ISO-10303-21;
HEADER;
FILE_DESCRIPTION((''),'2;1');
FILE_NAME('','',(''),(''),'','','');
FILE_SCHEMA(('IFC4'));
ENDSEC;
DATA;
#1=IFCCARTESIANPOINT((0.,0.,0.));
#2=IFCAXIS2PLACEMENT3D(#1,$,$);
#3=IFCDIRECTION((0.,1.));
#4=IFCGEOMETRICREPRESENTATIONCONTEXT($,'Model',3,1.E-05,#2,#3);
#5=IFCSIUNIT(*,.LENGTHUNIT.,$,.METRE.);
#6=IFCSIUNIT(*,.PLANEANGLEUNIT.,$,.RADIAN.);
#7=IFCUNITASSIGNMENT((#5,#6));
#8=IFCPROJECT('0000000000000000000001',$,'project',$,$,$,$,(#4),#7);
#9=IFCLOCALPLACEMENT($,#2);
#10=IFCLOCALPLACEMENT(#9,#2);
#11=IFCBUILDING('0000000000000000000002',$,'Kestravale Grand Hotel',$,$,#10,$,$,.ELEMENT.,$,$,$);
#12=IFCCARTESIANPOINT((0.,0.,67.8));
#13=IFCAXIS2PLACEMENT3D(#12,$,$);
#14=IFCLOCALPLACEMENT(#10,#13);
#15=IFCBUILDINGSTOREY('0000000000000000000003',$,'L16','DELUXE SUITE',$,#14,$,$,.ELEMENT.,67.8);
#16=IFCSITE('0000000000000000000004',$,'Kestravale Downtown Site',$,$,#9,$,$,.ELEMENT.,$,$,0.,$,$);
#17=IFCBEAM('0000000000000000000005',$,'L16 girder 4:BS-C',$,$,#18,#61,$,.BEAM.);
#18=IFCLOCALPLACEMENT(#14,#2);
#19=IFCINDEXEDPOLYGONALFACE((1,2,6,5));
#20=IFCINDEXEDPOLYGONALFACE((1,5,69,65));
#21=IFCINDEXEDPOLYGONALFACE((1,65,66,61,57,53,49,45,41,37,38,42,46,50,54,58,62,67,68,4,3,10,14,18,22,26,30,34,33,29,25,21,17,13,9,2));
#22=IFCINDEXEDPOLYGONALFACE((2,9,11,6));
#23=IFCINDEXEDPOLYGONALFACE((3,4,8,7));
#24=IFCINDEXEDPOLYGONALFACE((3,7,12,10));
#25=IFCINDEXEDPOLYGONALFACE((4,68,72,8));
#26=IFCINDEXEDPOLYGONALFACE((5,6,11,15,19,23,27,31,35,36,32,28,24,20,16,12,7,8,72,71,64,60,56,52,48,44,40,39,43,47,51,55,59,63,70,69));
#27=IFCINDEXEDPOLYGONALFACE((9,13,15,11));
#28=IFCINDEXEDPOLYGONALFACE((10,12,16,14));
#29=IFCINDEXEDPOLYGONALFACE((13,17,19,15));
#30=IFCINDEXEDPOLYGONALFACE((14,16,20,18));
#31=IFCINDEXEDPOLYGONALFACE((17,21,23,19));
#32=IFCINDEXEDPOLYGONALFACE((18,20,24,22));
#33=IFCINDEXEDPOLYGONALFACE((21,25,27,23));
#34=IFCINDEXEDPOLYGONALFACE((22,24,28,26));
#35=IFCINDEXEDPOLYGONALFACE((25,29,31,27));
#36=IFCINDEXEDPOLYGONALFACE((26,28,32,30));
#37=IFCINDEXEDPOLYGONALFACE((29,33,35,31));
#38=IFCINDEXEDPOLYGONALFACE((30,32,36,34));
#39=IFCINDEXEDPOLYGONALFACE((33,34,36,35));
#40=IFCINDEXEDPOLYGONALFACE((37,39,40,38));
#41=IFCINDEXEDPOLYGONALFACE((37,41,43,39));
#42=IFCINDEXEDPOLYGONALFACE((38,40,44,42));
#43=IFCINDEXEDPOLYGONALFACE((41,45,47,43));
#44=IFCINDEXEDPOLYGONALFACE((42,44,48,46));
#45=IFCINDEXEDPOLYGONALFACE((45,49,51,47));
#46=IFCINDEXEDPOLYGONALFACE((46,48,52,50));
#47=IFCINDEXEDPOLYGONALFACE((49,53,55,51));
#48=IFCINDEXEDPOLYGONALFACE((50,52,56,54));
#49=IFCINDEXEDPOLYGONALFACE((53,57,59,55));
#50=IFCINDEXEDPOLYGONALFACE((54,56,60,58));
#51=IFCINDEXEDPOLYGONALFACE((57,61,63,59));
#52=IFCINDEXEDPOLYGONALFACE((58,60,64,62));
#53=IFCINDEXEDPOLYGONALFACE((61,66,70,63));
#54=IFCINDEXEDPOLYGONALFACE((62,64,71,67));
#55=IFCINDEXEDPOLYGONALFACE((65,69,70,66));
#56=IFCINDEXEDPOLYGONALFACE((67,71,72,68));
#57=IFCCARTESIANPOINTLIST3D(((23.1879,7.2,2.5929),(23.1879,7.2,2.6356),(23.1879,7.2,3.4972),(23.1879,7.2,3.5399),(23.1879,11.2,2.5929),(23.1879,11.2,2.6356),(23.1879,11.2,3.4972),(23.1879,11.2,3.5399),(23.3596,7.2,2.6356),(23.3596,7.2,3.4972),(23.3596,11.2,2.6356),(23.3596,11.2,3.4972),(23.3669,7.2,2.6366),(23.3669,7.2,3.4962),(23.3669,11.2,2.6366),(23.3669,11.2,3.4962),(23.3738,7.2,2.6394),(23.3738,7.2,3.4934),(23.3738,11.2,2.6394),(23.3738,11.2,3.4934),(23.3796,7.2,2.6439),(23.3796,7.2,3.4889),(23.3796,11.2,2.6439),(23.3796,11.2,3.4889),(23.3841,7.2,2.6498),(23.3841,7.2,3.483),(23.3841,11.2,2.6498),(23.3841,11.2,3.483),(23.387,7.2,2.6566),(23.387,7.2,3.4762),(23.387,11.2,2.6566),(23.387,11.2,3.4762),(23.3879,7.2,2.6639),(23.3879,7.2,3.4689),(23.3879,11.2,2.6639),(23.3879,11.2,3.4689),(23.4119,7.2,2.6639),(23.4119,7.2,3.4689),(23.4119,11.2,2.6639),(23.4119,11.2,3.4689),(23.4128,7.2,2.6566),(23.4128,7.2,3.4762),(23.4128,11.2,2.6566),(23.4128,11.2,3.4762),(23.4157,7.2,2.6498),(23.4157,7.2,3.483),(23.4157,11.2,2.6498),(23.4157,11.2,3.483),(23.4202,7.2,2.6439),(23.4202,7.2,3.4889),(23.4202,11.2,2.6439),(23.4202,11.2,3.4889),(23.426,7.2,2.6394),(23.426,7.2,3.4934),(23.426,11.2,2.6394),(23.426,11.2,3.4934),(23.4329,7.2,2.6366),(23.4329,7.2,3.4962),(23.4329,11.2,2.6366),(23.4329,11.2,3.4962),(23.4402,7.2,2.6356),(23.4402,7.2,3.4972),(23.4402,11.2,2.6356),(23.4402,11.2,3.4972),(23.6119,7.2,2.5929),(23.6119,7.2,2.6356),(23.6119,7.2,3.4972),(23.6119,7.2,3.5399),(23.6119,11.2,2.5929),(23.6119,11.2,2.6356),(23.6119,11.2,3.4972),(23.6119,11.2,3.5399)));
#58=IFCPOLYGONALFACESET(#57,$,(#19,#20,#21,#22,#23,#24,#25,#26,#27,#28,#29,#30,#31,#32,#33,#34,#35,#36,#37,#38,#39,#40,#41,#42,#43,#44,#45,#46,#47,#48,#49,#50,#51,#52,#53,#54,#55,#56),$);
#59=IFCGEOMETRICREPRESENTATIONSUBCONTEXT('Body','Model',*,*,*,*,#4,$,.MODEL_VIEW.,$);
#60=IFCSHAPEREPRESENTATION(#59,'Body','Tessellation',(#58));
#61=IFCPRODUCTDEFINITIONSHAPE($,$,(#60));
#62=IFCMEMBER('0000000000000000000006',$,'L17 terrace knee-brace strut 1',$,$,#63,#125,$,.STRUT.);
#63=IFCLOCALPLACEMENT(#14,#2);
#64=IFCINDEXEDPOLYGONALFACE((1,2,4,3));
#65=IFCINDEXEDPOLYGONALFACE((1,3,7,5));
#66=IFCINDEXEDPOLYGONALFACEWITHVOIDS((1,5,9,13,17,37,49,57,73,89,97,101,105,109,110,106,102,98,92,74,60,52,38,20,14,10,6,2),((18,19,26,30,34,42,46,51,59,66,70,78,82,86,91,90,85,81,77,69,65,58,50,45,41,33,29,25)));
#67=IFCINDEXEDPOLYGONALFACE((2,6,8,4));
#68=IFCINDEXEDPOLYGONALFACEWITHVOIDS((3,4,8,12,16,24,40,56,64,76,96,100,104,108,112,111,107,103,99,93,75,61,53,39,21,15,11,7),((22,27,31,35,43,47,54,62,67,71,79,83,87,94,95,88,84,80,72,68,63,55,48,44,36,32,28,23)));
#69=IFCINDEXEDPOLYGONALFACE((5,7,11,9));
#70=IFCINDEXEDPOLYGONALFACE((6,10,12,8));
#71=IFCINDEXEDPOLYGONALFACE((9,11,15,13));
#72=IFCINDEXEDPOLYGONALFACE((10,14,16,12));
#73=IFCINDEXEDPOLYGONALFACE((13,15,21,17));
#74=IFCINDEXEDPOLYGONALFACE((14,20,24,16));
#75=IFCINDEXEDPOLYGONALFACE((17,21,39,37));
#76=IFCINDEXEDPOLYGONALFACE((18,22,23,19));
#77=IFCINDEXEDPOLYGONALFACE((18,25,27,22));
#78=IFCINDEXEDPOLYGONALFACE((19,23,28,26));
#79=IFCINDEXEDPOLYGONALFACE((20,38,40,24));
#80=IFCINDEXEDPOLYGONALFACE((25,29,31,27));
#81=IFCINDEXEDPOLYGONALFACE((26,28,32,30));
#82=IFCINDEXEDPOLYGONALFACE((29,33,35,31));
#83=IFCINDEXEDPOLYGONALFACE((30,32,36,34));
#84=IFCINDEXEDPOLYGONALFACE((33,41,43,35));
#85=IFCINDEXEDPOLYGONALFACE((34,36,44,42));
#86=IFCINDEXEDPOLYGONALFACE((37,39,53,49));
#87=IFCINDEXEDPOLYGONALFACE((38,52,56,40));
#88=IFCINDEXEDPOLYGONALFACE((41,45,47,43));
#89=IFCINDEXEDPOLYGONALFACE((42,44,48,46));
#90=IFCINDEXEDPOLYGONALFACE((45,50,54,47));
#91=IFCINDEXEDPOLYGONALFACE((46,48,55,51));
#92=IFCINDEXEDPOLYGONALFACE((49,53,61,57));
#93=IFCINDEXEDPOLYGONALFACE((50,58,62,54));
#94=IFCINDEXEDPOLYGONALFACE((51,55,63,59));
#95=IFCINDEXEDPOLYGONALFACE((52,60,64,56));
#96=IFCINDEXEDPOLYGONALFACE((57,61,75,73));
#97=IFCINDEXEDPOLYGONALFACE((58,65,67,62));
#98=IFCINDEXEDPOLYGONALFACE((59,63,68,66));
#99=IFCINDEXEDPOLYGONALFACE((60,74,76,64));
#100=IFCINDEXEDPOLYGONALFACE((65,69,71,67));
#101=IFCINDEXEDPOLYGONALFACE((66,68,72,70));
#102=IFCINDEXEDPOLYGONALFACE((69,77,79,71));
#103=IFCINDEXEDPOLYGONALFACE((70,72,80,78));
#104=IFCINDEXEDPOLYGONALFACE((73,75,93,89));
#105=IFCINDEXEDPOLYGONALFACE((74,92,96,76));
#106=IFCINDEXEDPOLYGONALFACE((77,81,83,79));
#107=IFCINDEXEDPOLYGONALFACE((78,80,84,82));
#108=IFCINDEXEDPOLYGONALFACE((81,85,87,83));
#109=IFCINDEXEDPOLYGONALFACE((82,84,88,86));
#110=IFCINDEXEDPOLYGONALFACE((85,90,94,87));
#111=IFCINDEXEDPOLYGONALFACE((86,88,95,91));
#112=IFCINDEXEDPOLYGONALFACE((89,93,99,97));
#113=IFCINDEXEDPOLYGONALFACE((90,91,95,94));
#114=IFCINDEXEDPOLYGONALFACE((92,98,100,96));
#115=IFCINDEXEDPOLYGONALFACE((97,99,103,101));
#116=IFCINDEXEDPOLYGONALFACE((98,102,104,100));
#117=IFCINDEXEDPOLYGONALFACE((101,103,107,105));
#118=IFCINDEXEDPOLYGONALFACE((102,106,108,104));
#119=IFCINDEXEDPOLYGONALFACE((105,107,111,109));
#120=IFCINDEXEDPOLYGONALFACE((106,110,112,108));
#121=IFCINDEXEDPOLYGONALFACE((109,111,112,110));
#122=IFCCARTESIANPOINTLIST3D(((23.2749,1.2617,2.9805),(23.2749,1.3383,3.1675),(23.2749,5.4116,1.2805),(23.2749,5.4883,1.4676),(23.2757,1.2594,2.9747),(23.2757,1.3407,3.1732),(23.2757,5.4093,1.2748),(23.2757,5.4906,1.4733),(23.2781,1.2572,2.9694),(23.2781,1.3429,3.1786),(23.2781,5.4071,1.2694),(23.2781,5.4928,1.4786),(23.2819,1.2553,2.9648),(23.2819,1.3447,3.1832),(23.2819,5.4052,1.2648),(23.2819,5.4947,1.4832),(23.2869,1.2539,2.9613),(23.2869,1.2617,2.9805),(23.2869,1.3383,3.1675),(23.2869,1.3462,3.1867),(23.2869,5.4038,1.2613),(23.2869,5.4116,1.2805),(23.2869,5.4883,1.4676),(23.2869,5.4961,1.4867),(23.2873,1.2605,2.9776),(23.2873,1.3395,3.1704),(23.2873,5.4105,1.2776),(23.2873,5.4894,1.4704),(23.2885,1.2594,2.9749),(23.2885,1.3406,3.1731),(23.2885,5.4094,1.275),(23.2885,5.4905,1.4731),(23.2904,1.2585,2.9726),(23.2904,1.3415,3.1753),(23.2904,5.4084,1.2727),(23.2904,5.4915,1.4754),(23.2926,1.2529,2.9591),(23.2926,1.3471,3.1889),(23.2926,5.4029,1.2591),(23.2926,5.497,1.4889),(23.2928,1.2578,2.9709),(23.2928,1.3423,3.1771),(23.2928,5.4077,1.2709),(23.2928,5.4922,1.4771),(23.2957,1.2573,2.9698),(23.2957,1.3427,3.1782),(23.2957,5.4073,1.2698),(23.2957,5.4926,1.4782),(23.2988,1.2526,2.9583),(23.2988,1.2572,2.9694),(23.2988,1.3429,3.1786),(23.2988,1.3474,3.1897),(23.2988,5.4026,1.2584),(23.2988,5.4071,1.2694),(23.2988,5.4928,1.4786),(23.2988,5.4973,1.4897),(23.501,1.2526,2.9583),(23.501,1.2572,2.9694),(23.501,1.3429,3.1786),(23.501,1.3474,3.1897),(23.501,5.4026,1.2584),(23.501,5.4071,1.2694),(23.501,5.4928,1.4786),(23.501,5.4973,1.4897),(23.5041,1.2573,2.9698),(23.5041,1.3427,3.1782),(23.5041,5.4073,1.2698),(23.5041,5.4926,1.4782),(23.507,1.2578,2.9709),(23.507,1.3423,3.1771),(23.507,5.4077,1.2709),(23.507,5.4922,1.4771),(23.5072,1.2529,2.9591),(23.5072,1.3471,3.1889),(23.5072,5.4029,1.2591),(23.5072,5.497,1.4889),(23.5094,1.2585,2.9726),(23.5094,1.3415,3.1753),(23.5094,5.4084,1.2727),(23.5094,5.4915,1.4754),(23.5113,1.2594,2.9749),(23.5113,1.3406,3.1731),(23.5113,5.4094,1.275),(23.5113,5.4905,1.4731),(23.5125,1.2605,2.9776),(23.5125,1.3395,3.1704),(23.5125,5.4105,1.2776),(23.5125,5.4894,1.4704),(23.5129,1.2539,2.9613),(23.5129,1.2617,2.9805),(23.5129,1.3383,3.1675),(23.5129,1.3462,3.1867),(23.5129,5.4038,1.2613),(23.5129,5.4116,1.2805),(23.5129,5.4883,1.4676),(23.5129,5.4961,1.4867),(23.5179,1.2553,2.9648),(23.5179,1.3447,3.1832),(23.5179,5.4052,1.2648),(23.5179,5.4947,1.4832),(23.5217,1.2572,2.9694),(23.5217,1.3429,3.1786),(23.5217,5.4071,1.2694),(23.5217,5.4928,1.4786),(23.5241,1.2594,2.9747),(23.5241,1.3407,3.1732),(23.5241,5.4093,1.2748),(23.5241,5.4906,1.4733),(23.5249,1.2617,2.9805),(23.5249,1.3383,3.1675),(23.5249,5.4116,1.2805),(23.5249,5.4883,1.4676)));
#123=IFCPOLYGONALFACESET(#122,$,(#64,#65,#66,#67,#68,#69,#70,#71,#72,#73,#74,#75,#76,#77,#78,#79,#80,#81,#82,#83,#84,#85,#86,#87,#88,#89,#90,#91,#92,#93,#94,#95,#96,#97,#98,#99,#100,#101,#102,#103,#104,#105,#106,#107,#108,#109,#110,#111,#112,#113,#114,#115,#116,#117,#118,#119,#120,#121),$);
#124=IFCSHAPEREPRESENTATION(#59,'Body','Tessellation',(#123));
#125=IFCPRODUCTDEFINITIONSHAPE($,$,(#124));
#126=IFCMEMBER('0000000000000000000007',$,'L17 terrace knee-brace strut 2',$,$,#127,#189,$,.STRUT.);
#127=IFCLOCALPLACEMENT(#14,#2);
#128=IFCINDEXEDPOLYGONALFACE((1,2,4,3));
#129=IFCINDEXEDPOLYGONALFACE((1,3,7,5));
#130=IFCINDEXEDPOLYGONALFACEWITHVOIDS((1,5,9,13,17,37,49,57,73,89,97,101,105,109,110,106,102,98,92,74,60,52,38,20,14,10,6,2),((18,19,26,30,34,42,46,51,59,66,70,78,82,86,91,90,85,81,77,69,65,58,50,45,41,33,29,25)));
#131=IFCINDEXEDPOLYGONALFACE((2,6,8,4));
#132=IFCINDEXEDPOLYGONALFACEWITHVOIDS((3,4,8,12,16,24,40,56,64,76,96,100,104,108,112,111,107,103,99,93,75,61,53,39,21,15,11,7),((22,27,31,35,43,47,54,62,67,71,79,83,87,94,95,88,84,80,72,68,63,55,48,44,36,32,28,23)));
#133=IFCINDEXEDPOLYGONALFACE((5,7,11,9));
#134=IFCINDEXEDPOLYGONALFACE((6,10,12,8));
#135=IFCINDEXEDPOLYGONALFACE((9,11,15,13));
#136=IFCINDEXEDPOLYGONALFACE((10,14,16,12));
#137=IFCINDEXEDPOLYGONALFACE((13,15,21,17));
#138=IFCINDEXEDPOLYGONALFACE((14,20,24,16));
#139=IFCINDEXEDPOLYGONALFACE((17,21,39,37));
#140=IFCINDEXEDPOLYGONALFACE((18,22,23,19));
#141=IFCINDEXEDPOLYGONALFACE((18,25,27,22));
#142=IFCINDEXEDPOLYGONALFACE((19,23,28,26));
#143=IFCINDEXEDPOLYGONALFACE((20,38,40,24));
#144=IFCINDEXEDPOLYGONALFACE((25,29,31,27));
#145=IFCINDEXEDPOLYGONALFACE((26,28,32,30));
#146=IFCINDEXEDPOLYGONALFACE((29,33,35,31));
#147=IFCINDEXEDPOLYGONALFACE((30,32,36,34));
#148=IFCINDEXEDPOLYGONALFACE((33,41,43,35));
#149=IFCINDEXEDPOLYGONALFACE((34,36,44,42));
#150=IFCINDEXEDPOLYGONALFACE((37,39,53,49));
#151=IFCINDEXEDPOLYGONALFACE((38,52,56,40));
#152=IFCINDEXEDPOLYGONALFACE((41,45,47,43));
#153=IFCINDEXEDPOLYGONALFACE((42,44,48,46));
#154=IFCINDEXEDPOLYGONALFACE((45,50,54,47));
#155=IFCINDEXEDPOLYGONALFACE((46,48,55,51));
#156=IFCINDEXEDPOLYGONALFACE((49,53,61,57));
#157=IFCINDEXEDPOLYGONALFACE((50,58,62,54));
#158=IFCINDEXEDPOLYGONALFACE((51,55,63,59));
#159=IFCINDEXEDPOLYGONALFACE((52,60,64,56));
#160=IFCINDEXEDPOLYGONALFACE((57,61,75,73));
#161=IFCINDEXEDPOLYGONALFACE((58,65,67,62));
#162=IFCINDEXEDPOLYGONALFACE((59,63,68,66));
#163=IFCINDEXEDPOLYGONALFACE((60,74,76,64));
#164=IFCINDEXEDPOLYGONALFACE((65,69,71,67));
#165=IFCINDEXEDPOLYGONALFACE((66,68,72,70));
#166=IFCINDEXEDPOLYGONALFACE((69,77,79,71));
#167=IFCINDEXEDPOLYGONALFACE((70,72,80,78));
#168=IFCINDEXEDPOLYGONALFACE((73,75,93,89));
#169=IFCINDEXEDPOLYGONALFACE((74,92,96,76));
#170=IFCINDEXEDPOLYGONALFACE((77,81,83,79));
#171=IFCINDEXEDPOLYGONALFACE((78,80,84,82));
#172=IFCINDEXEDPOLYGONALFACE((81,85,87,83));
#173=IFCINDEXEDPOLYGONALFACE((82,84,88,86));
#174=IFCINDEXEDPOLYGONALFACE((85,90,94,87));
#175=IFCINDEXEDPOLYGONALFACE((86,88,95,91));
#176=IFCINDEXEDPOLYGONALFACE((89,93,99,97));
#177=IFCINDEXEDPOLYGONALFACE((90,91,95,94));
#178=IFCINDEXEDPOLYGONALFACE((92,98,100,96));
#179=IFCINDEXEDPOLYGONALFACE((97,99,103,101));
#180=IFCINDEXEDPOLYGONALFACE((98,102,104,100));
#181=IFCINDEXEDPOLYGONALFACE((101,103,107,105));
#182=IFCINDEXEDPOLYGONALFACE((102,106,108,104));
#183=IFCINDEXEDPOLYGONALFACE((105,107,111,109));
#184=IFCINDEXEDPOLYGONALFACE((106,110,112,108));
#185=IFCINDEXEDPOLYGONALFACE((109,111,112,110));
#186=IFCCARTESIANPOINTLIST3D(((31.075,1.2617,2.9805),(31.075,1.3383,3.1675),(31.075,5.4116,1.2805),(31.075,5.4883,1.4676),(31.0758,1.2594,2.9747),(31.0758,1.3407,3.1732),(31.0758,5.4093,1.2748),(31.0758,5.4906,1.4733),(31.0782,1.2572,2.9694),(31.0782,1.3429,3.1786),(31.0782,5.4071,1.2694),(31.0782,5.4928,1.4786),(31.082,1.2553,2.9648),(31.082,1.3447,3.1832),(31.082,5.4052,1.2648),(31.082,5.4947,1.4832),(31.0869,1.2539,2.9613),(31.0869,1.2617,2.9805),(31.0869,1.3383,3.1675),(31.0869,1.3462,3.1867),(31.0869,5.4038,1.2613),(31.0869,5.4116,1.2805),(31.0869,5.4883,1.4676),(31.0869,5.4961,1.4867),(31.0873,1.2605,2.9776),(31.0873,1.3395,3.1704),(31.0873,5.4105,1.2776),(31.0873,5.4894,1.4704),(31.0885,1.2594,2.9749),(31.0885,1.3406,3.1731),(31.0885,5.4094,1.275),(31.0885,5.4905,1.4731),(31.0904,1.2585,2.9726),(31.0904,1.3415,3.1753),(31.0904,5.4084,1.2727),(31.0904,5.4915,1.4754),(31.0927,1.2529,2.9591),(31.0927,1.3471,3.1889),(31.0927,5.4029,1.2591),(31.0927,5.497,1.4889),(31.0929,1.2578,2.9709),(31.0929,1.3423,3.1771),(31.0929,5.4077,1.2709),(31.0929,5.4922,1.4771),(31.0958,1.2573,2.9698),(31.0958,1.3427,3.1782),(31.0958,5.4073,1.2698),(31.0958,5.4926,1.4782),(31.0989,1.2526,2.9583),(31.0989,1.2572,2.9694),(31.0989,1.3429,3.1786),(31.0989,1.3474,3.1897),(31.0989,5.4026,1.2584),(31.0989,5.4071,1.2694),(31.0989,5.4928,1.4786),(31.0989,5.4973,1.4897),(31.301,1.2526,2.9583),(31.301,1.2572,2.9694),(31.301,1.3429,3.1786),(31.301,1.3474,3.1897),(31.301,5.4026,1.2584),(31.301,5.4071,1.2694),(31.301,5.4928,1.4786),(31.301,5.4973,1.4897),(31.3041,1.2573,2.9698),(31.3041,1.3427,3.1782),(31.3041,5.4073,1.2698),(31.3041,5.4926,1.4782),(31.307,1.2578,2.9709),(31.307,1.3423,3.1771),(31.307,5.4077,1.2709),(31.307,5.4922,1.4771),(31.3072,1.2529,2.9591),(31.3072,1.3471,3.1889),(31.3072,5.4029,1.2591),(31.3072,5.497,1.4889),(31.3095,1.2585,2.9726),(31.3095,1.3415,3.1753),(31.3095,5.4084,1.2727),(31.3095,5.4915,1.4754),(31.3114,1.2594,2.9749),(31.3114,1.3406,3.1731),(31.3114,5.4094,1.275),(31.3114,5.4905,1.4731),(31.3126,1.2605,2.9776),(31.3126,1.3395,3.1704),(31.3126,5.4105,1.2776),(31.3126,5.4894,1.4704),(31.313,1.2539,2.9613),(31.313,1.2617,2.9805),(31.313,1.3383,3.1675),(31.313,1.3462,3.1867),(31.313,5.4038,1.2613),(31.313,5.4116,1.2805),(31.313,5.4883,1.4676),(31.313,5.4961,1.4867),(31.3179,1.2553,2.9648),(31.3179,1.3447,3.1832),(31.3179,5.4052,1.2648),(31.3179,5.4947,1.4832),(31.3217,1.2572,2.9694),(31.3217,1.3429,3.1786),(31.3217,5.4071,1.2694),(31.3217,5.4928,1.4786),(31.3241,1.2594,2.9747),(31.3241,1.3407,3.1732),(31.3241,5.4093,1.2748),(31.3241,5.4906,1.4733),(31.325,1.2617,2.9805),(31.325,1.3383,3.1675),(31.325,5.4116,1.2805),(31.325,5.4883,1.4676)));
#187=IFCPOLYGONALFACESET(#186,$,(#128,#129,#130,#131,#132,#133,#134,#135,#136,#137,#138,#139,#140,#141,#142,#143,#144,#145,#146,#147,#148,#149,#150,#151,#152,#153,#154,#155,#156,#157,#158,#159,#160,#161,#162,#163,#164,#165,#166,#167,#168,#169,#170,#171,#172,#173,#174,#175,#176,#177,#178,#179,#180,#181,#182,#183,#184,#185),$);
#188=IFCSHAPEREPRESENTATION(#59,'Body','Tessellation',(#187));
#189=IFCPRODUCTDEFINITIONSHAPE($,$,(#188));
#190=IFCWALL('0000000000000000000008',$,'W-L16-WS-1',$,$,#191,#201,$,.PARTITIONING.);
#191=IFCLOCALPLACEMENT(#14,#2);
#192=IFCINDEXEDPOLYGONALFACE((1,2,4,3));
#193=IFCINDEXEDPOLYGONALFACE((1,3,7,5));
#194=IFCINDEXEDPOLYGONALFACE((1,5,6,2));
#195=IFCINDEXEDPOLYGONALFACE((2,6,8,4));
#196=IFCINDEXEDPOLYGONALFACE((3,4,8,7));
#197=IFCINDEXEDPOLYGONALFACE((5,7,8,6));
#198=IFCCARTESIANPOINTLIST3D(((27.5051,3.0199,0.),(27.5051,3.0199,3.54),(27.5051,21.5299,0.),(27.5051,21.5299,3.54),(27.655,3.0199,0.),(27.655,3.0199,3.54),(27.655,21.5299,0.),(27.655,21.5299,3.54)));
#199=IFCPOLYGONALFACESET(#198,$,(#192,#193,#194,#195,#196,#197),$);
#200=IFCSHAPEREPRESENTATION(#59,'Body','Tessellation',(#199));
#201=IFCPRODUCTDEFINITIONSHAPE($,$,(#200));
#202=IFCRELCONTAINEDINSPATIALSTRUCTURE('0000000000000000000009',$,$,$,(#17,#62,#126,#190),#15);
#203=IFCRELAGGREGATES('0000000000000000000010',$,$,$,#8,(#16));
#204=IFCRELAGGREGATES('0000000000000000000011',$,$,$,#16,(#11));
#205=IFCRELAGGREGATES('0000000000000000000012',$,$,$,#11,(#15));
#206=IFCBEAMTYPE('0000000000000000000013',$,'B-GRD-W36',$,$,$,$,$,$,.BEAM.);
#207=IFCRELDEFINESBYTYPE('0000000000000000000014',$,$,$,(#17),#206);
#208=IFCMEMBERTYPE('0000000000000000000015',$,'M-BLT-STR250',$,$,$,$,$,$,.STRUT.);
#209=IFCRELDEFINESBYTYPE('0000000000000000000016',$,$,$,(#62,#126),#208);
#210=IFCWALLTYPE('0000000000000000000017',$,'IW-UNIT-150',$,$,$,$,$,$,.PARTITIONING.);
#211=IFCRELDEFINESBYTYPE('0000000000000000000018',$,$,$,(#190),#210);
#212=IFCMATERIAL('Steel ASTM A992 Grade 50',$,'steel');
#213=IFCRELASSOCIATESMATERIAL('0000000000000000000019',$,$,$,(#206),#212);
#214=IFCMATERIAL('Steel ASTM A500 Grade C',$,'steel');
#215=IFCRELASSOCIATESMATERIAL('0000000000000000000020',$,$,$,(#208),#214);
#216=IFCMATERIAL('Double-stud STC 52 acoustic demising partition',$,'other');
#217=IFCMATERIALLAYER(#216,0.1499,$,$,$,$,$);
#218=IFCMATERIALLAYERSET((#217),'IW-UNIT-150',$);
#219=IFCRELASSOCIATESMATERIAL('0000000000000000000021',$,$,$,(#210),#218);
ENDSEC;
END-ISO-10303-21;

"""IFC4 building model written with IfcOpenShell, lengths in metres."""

from ifc_helpers import new_model, si_unit, direction, frame, frame_2d, origin, origin_2d, place, context, subcontext, project, spatial, rectangle, hollow_rectangle, i_section, extrude, material, layer, layer_set, material_profile, profile_set, type_object, element, save


model = new_model("IFC4")

# Units and contexts
model_context = context("Model", 3, precision=1e-05, world=origin(), true_north=direction((0.0, 1.0)))
body_context = subcontext(model_context, "Body", "Model", "MODEL_VIEW")
ifc_project = project(units=[si_unit("LENGTHUNIT", "METRE"), si_unit("PLANEANGLEUNIT", "RADIAN")], contexts=[model_context])

# Site, building, storey
site_placement = place(None, origin())
site = spatial("IfcSite", under=ifc_project, at=site_placement, Name="Kestravale Downtown Site", CompositionType="ELEMENT", RefElevation=0.0)
building_placement = place(site_placement, origin())
building = spatial("IfcBuilding", under=site, at=building_placement, Name="Kestravale Grand Hotel", CompositionType="ELEMENT")
storey_placement = place(building_placement, frame((0.0, 0.0, 67.8)))
storey = spatial("IfcBuildingStorey", under=building, at=storey_placement, Name="L16", Description="DELUXE SUITE", CompositionType="ELEMENT", Elevation=67.8)

# Beam
ifc_material_1 = material(Name="Steel ASTM A992 Grade 50", Category="steel")
ifc_material_profile_1 = material_profile(ifc_material_1, i_section(OverallWidth=0.4241, OverallDepth=0.947, WebThickness=0.0239, FlangeThickness=0.0427, FilletRadius=0.0283, at=origin_2d()))
ifc_profile_set_1 = profile_set([ifc_material_profile_1], Name="Steel ASTM A992 Grade 50")
beam_type_1 = type_object("IfcBeamType", Name="B-GRD-W36", PredefinedType="BEAM", material=ifc_profile_set_1)
beam_1_placement = place(storey_placement, frame((23.3999, 7.2, 3.0664), z_axis=(0.0, 1.0, 0.0), x_axis=(-1.0, 0.0, 0.0)))
element("IfcBeam", 1, at=beam_1_placement, inside=storey, type_object=beam_type_1, Name="L16 girder 4:BS-C", PredefinedType="BEAM", context=body_context, shape_type="SweptSolid", body=[
    extrude(i_section(OverallWidth=0.4241, OverallDepth=0.947, WebThickness=0.0239, FlangeThickness=0.0427, FilletRadius=0.0283, at=origin_2d()), origin(), (0.0, 0.0, 1.0), 4.0),
])

# Members
ifc_material_2 = material(Name="Steel ASTM A500 Grade C", Category="steel")
ifc_material_profile_2 = material_profile(ifc_material_2, hollow_rectangle(XDim=0.25, YDim=0.25, WallThickness=0.012, InnerFilletRadius=0.012, OuterFilletRadius=0.0239, at=origin_2d()))
ifc_profile_set_2 = profile_set([ifc_material_profile_2], Name="Steel ASTM A500 Grade C")
member_type = type_object("IfcMemberType", Name="M-BLT-STR250", PredefinedType="STRUT", material=ifc_profile_set_2)
for number, where, z_axis, x_axis, name in (
    (2, (23.3999, 5.45, 1.374), (0.0, -0.92537, 0.379065), (1.0, 0.0, 0.0), "L17 terrace knee-brace strut 1"),
    (3, (31.2, 5.45, 1.374), (0.0, -0.92537, 0.379065), (1.0, 0.0, 0.0), "L17 terrace knee-brace strut 2"),
):
    element("IfcMember", number, at=place(storey_placement, frame(where, z_axis=z_axis, x_axis=x_axis)), inside=storey, type_object=member_type, Name=name, PredefinedType="STRUT", context=body_context, shape_type="SweptSolid", body=[
        extrude(hollow_rectangle(XDim=0.25, YDim=0.25, WallThickness=0.012, InnerFilletRadius=0.012, OuterFilletRadius=0.0239, at=origin_2d()), origin(), (0.0, 0.0, 1.0), 4.4846),
    ])

# Wall
ifc_material_3 = material(Name="Double-stud STC 52 acoustic demising partition", Category="other")
ifc_layer = layer(ifc_material_3, 0.1499)
ifc_layer_set = layer_set([ifc_layer], Name="IW-UNIT-150")
wall_type = type_object("IfcWallType", Name="IW-UNIT-150", PredefinedType="PARTITIONING", material=ifc_layer_set)
wall_1_placement = place(storey_placement, frame((27.5801, 3.02, 0.0), z_axis=(0.0, 0.0, 1.0), x_axis=(0.0, 1.0, 0.0)))
element("IfcWall", 4, at=wall_1_placement, inside=storey, type_object=wall_type, Name="W-L16-WS-1", PredefinedType="PARTITIONING", context=body_context, shape_type="SweptSolid", body=[
    extrude(rectangle(XDim=18.51, YDim=0.1499, at=frame_2d((9.2549, 0.0))), origin(), (0.0, 0.0, 1.0), 3.54),
])

save(model, "model.ifc")
